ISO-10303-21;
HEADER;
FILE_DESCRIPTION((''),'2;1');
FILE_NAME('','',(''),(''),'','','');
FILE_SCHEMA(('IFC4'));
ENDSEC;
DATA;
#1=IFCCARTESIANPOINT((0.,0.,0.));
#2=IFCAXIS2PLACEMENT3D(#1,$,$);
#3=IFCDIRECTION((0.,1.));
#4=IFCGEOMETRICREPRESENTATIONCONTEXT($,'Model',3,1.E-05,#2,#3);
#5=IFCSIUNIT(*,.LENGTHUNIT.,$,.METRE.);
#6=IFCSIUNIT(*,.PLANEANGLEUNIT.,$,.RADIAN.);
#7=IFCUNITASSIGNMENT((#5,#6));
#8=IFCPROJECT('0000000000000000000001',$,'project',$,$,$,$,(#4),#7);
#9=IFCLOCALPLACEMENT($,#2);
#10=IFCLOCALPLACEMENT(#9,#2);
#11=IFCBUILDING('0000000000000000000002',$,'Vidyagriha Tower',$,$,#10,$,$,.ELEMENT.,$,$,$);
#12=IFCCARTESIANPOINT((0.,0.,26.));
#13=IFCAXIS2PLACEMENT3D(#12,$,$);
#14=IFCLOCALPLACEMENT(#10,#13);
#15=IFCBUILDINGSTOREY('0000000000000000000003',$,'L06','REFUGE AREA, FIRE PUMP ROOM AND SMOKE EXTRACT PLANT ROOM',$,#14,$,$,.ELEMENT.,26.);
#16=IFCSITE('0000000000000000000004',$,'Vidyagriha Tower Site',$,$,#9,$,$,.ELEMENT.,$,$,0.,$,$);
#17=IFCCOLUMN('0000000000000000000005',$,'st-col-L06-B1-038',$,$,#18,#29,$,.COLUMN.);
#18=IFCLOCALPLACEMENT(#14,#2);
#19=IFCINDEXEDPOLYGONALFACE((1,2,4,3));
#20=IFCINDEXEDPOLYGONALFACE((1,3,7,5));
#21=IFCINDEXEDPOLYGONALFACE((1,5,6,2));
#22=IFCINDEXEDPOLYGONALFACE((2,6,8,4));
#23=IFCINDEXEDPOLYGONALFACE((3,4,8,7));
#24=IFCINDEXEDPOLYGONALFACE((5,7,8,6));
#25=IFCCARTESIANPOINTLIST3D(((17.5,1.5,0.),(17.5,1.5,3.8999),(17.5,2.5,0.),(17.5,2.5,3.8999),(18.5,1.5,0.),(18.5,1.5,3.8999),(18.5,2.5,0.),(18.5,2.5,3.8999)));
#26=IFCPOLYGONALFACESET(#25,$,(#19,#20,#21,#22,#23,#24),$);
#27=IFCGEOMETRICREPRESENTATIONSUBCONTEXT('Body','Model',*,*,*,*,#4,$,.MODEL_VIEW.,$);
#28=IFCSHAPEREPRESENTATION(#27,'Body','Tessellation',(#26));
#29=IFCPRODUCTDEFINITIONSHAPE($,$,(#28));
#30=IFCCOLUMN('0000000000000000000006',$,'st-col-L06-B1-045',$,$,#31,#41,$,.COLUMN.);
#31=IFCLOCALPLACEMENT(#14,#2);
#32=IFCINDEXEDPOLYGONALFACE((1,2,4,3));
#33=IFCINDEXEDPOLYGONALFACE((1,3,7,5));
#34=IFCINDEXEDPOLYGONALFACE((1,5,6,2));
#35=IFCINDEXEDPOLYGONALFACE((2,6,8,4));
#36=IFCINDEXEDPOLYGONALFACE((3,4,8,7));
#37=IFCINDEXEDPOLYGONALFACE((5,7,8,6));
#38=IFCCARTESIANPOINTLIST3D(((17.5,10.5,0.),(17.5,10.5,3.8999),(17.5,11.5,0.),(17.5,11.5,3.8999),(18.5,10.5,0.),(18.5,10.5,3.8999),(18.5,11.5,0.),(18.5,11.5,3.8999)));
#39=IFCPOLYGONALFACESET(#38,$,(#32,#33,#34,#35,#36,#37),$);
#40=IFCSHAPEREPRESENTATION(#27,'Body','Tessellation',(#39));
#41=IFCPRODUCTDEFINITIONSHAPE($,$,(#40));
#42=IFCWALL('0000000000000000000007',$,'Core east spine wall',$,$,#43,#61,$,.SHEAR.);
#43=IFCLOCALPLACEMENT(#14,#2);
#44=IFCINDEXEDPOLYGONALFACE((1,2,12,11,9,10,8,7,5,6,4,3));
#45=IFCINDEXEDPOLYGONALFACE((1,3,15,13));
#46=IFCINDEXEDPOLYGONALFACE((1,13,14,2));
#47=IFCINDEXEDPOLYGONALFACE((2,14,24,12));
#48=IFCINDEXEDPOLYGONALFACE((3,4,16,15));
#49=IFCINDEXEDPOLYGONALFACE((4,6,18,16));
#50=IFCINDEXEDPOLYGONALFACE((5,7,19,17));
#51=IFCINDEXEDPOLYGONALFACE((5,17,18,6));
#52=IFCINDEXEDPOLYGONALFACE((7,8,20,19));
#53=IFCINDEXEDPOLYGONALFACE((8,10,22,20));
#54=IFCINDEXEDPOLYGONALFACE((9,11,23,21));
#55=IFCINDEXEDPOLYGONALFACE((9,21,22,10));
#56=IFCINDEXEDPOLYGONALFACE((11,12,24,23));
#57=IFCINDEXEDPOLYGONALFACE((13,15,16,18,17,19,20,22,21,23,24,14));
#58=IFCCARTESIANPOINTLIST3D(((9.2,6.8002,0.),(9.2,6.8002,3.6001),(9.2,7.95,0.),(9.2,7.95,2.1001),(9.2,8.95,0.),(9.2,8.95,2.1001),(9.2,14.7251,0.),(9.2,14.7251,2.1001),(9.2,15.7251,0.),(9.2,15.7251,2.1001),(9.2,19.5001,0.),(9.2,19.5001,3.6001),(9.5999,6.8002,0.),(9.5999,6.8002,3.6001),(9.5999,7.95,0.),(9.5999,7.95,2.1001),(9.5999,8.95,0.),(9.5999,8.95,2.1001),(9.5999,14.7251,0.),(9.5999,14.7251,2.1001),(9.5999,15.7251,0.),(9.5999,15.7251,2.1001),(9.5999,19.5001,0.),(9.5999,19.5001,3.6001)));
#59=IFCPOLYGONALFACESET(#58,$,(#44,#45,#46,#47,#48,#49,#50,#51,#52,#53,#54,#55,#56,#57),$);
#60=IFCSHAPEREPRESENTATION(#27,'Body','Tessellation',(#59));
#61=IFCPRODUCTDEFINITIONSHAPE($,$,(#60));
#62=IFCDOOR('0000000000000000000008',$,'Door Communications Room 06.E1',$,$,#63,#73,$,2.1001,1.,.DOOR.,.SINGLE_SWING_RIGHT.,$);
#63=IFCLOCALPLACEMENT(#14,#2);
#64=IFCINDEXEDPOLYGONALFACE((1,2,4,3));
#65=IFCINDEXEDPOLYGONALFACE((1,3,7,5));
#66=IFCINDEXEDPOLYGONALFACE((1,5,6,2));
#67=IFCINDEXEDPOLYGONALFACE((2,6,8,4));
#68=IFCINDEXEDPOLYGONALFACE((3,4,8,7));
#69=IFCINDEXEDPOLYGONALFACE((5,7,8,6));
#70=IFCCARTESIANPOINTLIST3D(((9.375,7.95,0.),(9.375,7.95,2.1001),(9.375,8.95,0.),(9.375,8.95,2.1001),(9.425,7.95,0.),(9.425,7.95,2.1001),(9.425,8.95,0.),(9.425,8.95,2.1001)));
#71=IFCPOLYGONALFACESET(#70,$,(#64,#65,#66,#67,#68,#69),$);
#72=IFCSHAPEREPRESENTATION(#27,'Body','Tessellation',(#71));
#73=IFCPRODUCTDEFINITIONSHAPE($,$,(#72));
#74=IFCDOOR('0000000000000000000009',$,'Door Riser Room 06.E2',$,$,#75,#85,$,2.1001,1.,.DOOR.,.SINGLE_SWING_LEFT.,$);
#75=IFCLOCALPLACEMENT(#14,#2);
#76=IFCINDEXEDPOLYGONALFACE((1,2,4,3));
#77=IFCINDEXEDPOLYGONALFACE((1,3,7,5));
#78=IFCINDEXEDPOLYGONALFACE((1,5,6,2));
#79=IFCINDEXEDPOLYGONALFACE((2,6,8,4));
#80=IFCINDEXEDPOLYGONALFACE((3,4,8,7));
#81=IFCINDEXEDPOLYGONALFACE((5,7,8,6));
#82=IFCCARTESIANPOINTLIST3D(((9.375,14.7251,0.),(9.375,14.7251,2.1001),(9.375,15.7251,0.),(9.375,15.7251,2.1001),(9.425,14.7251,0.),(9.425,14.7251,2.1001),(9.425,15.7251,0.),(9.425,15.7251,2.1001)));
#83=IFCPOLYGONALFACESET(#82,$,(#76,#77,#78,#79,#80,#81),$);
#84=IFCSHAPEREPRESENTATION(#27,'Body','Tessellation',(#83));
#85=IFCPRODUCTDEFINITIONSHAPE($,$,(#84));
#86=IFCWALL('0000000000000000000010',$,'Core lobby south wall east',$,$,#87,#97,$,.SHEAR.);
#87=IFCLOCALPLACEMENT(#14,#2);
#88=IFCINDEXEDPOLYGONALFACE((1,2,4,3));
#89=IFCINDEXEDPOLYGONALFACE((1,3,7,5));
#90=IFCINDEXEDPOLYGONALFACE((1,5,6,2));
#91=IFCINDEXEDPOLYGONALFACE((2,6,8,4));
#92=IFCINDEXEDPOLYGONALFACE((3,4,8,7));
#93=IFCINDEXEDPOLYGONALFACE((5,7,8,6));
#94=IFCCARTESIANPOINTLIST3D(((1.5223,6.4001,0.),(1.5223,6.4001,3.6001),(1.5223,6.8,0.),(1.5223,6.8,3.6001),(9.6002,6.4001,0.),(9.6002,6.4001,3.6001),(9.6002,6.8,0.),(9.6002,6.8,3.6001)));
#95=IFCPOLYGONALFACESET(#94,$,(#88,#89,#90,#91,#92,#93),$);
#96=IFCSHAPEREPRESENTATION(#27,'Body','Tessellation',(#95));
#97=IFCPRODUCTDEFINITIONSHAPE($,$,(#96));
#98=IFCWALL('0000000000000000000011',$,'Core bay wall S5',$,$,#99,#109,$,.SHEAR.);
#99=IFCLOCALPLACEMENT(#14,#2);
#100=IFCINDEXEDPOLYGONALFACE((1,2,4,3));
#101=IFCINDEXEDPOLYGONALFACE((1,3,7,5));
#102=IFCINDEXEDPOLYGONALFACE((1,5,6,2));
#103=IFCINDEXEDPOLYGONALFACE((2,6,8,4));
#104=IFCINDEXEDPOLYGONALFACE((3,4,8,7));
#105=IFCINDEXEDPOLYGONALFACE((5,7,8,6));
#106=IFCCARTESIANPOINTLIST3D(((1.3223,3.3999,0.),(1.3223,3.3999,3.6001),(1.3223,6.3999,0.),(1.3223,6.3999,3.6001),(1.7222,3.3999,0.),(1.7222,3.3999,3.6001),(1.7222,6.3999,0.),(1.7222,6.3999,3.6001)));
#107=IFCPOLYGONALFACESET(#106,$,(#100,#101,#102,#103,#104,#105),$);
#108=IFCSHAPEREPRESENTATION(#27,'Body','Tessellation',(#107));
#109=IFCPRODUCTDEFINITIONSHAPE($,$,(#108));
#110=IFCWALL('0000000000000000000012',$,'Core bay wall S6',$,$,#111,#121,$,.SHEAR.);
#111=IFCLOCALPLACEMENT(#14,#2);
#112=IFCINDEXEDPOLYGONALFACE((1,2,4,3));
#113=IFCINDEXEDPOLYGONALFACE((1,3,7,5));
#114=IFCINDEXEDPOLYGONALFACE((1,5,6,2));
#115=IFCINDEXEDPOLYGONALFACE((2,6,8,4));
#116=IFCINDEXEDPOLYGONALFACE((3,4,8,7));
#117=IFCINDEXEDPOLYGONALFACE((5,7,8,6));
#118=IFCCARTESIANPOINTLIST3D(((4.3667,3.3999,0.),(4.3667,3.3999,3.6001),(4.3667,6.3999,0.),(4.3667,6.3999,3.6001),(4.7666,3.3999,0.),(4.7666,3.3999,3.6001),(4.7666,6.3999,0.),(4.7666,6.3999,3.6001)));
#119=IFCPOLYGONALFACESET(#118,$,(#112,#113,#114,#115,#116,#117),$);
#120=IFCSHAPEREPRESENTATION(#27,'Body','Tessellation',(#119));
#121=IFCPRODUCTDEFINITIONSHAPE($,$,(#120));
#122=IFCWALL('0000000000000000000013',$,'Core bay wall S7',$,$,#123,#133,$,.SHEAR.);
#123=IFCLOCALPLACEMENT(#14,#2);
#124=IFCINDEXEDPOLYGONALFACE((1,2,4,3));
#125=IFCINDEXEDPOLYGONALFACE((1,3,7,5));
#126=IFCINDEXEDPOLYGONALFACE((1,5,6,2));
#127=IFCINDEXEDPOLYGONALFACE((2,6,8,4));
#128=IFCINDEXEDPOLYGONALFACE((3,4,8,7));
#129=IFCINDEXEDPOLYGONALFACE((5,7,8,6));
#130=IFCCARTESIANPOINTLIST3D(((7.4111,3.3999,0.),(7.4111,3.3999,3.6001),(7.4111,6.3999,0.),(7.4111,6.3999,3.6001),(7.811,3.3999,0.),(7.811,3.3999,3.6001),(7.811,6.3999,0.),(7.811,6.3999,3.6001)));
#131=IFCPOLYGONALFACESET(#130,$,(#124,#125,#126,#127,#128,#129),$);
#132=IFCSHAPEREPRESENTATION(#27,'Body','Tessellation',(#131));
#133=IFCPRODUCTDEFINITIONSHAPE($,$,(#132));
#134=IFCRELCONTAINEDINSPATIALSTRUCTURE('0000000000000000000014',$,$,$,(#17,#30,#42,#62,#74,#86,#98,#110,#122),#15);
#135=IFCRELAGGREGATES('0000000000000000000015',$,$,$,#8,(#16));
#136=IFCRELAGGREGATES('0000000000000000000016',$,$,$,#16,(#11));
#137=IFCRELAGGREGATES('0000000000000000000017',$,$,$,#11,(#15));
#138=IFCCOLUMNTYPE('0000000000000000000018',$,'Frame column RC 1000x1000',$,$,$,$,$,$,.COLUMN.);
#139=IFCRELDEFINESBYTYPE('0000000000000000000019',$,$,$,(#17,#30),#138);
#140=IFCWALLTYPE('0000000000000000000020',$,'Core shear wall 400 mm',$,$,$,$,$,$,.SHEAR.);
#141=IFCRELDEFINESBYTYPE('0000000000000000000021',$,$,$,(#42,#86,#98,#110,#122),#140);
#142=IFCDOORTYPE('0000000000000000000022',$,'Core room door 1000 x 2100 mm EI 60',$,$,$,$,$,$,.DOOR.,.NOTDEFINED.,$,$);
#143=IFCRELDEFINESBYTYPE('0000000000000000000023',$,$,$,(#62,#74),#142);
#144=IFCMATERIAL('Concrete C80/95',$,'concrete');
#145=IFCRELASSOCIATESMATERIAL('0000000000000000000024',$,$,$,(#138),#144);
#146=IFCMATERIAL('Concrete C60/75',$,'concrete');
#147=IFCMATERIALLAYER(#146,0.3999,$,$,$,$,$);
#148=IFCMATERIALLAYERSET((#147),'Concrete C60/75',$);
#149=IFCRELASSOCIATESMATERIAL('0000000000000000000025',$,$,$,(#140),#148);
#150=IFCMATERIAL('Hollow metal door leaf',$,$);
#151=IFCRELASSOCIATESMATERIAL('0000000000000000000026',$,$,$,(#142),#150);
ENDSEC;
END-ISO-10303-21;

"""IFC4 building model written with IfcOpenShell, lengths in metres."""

from ifc_helpers import new_model, si_unit, direction, frame, frame_2d, origin, origin_2d, place, context, subcontext, project, spatial, rectangle, extrude, material, layer, layer_set, material_profile, profile_set, type_object, element, fill, save


model = new_model("IFC4")

# Units and contexts
model_context = context("Model", 3, precision=1e-05, world=origin(), true_north=direction((0.0, 1.0)))
body_context = subcontext(model_context, "Body", "Model", "MODEL_VIEW")
ifc_project = project(units=[si_unit("LENGTHUNIT", "METRE"), si_unit("PLANEANGLEUNIT", "RADIAN")], contexts=[model_context])

# Site, building, storey
site_placement = place(None, origin())
site = spatial("IfcSite", under=ifc_project, at=site_placement, Name="Vidyagriha Tower Site", CompositionType="ELEMENT", RefElevation=0.0)
building_placement = place(site_placement, origin())
building = spatial("IfcBuilding", under=site, at=building_placement, Name="Vidyagriha Tower", CompositionType="ELEMENT")
storey_placement = place(building_placement, frame((0.0, 0.0, 26.0)))
storey = spatial("IfcBuildingStorey", under=building, at=storey_placement, Name="L06", Description="REFUGE AREA, FIRE PUMP ROOM AND SMOKE EXTRACT PLANT ROOM", CompositionType="ELEMENT", Elevation=26.0)

# Columns
ifc_material_1 = material(Name="Concrete C80/95", Category="concrete")
ifc_material_profile = material_profile(ifc_material_1, rectangle(XDim=1.0, YDim=1.0, at=origin_2d()), Name="RC 1000x1000")
ifc_profile_set = profile_set([ifc_material_profile], Name="Concrete C80/95")
column_type = type_object("IfcColumnType", Name="Frame column RC 1000x1000", PredefinedType="COLUMN", material=ifc_profile_set)
for number, where, name in (
    (1, (18.0, 2.0, 0.0), "st-col-L06-B1-038"),
    (2, (18.0, 11.0, 0.0), "st-col-L06-B1-045"),
):
    element("IfcColumn", number, at=place(storey_placement, frame(where)), inside=storey, type_object=column_type, Name=name, PredefinedType="COLUMN", context=body_context, shape_type="SweptSolid", body=[
        extrude(rectangle(XDim=1.0, YDim=1.0, at=origin_2d()), origin(), (0.0, 0.0, 1.0), 3.8999),
    ])

# Wall, openings, doors
ifc_material_2 = material(Name="Concrete C60/75", Category="concrete")
ifc_layer_1 = layer(ifc_material_2, 0.3999)
ifc_layer_set_1 = layer_set([ifc_layer_1], Name="Concrete C60/75")
wall_type_1 = type_object("IfcWallType", Name="Core shear wall 400 mm", PredefinedType="SHEAR", material=ifc_layer_set_1)
wall_1_placement = place(storey_placement, frame((9.3999, 6.8, 0.0), z_axis=(0.0, 0.0, 1.0), x_axis=(0.0, 1.0, 0.0)))
wall_1 = element("IfcWall", 3, at=wall_1_placement, inside=storey, type_object=wall_type_1, Name="Core east spine wall", PredefinedType="SHEAR", context=body_context, shape_type="SweptSolid", body=[
    extrude(rectangle(XDim=12.7, YDim=0.3999, at=frame_2d((6.3501, 0.0))), origin(), (0.0, 0.0, 1.0), 3.6001),
])
opening_1_placement = place(wall_1_placement, frame((1.1499, 0.0, 0.0)))
opening_1 = element("IfcOpeningElement", 4, at=opening_1_placement, cuts=wall_1, PredefinedType="OPENING", context=body_context, shape_type="SweptSolid", body=[
    extrude(rectangle(XDim=1.0, YDim=2.1001, at=frame_2d((0.5, 1.05))), frame((0.0, 0.21, 0.0), z_axis=(0.0, -1.0, 0.0), x_axis=(1.0, 0.0, 0.0)), (0.0, 0.0, 1.0), 0.4199),
])
opening_2_placement = place(wall_1_placement, frame((7.925, 0.0, 0.0)))
opening_2 = element("IfcOpeningElement", 5, at=opening_2_placement, cuts=wall_1, PredefinedType="OPENING", context=body_context, shape_type="SweptSolid", body=[
    extrude(rectangle(XDim=1.0, YDim=2.1001, at=frame_2d((0.5, 1.05))), frame((0.0, 0.21, 0.0), z_axis=(0.0, -1.0, 0.0), x_axis=(1.0, 0.0, 0.0)), (0.0, 0.0, 1.0), 0.4199),
])
ifc_material_3 = material(Name="Hollow metal door leaf")
door_type_1 = type_object("IfcDoorType", Name="Core room door 1000 x 2100 mm EI 60", OperationType="NOTDEFINED", PredefinedType="DOOR", material=ifc_material_3)
door_1_placement = place(opening_1_placement, origin())
door_1 = element("IfcDoor", 6, at=door_1_placement, inside=storey, type_object=door_type_1, Name="Door Communications Room 06.E1", OperationType="SINGLE_SWING_RIGHT", OverallHeight=2.1001, OverallWidth=1.0, PredefinedType="DOOR", context=body_context, shape_type="SweptSolid", body=[
    extrude(rectangle(XDim=1.0, YDim=2.1001, at=frame_2d((0.5, 1.05))), frame((0.0, 0.0249, 0.0), z_axis=(0.0, -1.0, 0.0), x_axis=(1.0, 0.0, 0.0)), (0.0, 0.0, 1.0), 0.05),
])
fill(opening_1, door_1)
door_2_placement = place(opening_2_placement, origin())
door_2 = element("IfcDoor", 7, at=door_2_placement, inside=storey, type_object=door_type_1, Name="Door Riser Room 06.E2", OperationType="SINGLE_SWING_LEFT", OverallHeight=2.1001, OverallWidth=1.0, PredefinedType="DOOR", context=body_context, shape_type="SweptSolid", body=[
    extrude(rectangle(XDim=1.0, YDim=2.1001, at=frame_2d((0.5, 1.05))), frame((0.0, 0.0249, 0.0), z_axis=(0.0, -1.0, 0.0), x_axis=(1.0, 0.0, 0.0)), (0.0, 0.0, 1.0), 0.05),
])
fill(opening_2, door_2)

# Walls
wall_2_placement = place(storey_placement, frame((1.5222, 6.6001, 0.0)))
element("IfcWall", 8, at=wall_2_placement, inside=storey, type_object=wall_type_1, Name="Core lobby south wall east", PredefinedType="SHEAR", context=body_context, shape_type="SweptSolid", body=[
    extrude(rectangle(XDim=8.0779, YDim=0.3999, at=frame_2d((4.0391, 0.0))), origin(), (0.0, 0.0, 1.0), 3.6001),
])
for number, where, z_axis, x_axis, name in (
    (9, (1.5222, 3.3999, 0.0), (0.0, 0.0, 1.0), (0.0, 1.0, 0.0), "Core bay wall S5"),
    (10, (4.5667, 3.3999, 0.0), (0.0, 0.0, 1.0), (0.0, 1.0, 0.0), "Core bay wall S6"),
    (11, (7.6111, 3.3999, 0.0), (0.0, 0.0, 1.0), (0.0, 1.0, 0.0), "Core bay wall S7"),
):
    element("IfcWall", number, at=place(storey_placement, frame(where, z_axis=z_axis, x_axis=x_axis)), inside=storey, type_object=wall_type_1, Name=name, PredefinedType="SHEAR", context=body_context, shape_type="SweptSolid", body=[
        extrude(rectangle(XDim=3.0, YDim=0.3999, at=frame_2d((1.5, 0.0))), origin(), (0.0, 0.0, 1.0), 3.6001),
    ])

save(model, "model.ifc")
